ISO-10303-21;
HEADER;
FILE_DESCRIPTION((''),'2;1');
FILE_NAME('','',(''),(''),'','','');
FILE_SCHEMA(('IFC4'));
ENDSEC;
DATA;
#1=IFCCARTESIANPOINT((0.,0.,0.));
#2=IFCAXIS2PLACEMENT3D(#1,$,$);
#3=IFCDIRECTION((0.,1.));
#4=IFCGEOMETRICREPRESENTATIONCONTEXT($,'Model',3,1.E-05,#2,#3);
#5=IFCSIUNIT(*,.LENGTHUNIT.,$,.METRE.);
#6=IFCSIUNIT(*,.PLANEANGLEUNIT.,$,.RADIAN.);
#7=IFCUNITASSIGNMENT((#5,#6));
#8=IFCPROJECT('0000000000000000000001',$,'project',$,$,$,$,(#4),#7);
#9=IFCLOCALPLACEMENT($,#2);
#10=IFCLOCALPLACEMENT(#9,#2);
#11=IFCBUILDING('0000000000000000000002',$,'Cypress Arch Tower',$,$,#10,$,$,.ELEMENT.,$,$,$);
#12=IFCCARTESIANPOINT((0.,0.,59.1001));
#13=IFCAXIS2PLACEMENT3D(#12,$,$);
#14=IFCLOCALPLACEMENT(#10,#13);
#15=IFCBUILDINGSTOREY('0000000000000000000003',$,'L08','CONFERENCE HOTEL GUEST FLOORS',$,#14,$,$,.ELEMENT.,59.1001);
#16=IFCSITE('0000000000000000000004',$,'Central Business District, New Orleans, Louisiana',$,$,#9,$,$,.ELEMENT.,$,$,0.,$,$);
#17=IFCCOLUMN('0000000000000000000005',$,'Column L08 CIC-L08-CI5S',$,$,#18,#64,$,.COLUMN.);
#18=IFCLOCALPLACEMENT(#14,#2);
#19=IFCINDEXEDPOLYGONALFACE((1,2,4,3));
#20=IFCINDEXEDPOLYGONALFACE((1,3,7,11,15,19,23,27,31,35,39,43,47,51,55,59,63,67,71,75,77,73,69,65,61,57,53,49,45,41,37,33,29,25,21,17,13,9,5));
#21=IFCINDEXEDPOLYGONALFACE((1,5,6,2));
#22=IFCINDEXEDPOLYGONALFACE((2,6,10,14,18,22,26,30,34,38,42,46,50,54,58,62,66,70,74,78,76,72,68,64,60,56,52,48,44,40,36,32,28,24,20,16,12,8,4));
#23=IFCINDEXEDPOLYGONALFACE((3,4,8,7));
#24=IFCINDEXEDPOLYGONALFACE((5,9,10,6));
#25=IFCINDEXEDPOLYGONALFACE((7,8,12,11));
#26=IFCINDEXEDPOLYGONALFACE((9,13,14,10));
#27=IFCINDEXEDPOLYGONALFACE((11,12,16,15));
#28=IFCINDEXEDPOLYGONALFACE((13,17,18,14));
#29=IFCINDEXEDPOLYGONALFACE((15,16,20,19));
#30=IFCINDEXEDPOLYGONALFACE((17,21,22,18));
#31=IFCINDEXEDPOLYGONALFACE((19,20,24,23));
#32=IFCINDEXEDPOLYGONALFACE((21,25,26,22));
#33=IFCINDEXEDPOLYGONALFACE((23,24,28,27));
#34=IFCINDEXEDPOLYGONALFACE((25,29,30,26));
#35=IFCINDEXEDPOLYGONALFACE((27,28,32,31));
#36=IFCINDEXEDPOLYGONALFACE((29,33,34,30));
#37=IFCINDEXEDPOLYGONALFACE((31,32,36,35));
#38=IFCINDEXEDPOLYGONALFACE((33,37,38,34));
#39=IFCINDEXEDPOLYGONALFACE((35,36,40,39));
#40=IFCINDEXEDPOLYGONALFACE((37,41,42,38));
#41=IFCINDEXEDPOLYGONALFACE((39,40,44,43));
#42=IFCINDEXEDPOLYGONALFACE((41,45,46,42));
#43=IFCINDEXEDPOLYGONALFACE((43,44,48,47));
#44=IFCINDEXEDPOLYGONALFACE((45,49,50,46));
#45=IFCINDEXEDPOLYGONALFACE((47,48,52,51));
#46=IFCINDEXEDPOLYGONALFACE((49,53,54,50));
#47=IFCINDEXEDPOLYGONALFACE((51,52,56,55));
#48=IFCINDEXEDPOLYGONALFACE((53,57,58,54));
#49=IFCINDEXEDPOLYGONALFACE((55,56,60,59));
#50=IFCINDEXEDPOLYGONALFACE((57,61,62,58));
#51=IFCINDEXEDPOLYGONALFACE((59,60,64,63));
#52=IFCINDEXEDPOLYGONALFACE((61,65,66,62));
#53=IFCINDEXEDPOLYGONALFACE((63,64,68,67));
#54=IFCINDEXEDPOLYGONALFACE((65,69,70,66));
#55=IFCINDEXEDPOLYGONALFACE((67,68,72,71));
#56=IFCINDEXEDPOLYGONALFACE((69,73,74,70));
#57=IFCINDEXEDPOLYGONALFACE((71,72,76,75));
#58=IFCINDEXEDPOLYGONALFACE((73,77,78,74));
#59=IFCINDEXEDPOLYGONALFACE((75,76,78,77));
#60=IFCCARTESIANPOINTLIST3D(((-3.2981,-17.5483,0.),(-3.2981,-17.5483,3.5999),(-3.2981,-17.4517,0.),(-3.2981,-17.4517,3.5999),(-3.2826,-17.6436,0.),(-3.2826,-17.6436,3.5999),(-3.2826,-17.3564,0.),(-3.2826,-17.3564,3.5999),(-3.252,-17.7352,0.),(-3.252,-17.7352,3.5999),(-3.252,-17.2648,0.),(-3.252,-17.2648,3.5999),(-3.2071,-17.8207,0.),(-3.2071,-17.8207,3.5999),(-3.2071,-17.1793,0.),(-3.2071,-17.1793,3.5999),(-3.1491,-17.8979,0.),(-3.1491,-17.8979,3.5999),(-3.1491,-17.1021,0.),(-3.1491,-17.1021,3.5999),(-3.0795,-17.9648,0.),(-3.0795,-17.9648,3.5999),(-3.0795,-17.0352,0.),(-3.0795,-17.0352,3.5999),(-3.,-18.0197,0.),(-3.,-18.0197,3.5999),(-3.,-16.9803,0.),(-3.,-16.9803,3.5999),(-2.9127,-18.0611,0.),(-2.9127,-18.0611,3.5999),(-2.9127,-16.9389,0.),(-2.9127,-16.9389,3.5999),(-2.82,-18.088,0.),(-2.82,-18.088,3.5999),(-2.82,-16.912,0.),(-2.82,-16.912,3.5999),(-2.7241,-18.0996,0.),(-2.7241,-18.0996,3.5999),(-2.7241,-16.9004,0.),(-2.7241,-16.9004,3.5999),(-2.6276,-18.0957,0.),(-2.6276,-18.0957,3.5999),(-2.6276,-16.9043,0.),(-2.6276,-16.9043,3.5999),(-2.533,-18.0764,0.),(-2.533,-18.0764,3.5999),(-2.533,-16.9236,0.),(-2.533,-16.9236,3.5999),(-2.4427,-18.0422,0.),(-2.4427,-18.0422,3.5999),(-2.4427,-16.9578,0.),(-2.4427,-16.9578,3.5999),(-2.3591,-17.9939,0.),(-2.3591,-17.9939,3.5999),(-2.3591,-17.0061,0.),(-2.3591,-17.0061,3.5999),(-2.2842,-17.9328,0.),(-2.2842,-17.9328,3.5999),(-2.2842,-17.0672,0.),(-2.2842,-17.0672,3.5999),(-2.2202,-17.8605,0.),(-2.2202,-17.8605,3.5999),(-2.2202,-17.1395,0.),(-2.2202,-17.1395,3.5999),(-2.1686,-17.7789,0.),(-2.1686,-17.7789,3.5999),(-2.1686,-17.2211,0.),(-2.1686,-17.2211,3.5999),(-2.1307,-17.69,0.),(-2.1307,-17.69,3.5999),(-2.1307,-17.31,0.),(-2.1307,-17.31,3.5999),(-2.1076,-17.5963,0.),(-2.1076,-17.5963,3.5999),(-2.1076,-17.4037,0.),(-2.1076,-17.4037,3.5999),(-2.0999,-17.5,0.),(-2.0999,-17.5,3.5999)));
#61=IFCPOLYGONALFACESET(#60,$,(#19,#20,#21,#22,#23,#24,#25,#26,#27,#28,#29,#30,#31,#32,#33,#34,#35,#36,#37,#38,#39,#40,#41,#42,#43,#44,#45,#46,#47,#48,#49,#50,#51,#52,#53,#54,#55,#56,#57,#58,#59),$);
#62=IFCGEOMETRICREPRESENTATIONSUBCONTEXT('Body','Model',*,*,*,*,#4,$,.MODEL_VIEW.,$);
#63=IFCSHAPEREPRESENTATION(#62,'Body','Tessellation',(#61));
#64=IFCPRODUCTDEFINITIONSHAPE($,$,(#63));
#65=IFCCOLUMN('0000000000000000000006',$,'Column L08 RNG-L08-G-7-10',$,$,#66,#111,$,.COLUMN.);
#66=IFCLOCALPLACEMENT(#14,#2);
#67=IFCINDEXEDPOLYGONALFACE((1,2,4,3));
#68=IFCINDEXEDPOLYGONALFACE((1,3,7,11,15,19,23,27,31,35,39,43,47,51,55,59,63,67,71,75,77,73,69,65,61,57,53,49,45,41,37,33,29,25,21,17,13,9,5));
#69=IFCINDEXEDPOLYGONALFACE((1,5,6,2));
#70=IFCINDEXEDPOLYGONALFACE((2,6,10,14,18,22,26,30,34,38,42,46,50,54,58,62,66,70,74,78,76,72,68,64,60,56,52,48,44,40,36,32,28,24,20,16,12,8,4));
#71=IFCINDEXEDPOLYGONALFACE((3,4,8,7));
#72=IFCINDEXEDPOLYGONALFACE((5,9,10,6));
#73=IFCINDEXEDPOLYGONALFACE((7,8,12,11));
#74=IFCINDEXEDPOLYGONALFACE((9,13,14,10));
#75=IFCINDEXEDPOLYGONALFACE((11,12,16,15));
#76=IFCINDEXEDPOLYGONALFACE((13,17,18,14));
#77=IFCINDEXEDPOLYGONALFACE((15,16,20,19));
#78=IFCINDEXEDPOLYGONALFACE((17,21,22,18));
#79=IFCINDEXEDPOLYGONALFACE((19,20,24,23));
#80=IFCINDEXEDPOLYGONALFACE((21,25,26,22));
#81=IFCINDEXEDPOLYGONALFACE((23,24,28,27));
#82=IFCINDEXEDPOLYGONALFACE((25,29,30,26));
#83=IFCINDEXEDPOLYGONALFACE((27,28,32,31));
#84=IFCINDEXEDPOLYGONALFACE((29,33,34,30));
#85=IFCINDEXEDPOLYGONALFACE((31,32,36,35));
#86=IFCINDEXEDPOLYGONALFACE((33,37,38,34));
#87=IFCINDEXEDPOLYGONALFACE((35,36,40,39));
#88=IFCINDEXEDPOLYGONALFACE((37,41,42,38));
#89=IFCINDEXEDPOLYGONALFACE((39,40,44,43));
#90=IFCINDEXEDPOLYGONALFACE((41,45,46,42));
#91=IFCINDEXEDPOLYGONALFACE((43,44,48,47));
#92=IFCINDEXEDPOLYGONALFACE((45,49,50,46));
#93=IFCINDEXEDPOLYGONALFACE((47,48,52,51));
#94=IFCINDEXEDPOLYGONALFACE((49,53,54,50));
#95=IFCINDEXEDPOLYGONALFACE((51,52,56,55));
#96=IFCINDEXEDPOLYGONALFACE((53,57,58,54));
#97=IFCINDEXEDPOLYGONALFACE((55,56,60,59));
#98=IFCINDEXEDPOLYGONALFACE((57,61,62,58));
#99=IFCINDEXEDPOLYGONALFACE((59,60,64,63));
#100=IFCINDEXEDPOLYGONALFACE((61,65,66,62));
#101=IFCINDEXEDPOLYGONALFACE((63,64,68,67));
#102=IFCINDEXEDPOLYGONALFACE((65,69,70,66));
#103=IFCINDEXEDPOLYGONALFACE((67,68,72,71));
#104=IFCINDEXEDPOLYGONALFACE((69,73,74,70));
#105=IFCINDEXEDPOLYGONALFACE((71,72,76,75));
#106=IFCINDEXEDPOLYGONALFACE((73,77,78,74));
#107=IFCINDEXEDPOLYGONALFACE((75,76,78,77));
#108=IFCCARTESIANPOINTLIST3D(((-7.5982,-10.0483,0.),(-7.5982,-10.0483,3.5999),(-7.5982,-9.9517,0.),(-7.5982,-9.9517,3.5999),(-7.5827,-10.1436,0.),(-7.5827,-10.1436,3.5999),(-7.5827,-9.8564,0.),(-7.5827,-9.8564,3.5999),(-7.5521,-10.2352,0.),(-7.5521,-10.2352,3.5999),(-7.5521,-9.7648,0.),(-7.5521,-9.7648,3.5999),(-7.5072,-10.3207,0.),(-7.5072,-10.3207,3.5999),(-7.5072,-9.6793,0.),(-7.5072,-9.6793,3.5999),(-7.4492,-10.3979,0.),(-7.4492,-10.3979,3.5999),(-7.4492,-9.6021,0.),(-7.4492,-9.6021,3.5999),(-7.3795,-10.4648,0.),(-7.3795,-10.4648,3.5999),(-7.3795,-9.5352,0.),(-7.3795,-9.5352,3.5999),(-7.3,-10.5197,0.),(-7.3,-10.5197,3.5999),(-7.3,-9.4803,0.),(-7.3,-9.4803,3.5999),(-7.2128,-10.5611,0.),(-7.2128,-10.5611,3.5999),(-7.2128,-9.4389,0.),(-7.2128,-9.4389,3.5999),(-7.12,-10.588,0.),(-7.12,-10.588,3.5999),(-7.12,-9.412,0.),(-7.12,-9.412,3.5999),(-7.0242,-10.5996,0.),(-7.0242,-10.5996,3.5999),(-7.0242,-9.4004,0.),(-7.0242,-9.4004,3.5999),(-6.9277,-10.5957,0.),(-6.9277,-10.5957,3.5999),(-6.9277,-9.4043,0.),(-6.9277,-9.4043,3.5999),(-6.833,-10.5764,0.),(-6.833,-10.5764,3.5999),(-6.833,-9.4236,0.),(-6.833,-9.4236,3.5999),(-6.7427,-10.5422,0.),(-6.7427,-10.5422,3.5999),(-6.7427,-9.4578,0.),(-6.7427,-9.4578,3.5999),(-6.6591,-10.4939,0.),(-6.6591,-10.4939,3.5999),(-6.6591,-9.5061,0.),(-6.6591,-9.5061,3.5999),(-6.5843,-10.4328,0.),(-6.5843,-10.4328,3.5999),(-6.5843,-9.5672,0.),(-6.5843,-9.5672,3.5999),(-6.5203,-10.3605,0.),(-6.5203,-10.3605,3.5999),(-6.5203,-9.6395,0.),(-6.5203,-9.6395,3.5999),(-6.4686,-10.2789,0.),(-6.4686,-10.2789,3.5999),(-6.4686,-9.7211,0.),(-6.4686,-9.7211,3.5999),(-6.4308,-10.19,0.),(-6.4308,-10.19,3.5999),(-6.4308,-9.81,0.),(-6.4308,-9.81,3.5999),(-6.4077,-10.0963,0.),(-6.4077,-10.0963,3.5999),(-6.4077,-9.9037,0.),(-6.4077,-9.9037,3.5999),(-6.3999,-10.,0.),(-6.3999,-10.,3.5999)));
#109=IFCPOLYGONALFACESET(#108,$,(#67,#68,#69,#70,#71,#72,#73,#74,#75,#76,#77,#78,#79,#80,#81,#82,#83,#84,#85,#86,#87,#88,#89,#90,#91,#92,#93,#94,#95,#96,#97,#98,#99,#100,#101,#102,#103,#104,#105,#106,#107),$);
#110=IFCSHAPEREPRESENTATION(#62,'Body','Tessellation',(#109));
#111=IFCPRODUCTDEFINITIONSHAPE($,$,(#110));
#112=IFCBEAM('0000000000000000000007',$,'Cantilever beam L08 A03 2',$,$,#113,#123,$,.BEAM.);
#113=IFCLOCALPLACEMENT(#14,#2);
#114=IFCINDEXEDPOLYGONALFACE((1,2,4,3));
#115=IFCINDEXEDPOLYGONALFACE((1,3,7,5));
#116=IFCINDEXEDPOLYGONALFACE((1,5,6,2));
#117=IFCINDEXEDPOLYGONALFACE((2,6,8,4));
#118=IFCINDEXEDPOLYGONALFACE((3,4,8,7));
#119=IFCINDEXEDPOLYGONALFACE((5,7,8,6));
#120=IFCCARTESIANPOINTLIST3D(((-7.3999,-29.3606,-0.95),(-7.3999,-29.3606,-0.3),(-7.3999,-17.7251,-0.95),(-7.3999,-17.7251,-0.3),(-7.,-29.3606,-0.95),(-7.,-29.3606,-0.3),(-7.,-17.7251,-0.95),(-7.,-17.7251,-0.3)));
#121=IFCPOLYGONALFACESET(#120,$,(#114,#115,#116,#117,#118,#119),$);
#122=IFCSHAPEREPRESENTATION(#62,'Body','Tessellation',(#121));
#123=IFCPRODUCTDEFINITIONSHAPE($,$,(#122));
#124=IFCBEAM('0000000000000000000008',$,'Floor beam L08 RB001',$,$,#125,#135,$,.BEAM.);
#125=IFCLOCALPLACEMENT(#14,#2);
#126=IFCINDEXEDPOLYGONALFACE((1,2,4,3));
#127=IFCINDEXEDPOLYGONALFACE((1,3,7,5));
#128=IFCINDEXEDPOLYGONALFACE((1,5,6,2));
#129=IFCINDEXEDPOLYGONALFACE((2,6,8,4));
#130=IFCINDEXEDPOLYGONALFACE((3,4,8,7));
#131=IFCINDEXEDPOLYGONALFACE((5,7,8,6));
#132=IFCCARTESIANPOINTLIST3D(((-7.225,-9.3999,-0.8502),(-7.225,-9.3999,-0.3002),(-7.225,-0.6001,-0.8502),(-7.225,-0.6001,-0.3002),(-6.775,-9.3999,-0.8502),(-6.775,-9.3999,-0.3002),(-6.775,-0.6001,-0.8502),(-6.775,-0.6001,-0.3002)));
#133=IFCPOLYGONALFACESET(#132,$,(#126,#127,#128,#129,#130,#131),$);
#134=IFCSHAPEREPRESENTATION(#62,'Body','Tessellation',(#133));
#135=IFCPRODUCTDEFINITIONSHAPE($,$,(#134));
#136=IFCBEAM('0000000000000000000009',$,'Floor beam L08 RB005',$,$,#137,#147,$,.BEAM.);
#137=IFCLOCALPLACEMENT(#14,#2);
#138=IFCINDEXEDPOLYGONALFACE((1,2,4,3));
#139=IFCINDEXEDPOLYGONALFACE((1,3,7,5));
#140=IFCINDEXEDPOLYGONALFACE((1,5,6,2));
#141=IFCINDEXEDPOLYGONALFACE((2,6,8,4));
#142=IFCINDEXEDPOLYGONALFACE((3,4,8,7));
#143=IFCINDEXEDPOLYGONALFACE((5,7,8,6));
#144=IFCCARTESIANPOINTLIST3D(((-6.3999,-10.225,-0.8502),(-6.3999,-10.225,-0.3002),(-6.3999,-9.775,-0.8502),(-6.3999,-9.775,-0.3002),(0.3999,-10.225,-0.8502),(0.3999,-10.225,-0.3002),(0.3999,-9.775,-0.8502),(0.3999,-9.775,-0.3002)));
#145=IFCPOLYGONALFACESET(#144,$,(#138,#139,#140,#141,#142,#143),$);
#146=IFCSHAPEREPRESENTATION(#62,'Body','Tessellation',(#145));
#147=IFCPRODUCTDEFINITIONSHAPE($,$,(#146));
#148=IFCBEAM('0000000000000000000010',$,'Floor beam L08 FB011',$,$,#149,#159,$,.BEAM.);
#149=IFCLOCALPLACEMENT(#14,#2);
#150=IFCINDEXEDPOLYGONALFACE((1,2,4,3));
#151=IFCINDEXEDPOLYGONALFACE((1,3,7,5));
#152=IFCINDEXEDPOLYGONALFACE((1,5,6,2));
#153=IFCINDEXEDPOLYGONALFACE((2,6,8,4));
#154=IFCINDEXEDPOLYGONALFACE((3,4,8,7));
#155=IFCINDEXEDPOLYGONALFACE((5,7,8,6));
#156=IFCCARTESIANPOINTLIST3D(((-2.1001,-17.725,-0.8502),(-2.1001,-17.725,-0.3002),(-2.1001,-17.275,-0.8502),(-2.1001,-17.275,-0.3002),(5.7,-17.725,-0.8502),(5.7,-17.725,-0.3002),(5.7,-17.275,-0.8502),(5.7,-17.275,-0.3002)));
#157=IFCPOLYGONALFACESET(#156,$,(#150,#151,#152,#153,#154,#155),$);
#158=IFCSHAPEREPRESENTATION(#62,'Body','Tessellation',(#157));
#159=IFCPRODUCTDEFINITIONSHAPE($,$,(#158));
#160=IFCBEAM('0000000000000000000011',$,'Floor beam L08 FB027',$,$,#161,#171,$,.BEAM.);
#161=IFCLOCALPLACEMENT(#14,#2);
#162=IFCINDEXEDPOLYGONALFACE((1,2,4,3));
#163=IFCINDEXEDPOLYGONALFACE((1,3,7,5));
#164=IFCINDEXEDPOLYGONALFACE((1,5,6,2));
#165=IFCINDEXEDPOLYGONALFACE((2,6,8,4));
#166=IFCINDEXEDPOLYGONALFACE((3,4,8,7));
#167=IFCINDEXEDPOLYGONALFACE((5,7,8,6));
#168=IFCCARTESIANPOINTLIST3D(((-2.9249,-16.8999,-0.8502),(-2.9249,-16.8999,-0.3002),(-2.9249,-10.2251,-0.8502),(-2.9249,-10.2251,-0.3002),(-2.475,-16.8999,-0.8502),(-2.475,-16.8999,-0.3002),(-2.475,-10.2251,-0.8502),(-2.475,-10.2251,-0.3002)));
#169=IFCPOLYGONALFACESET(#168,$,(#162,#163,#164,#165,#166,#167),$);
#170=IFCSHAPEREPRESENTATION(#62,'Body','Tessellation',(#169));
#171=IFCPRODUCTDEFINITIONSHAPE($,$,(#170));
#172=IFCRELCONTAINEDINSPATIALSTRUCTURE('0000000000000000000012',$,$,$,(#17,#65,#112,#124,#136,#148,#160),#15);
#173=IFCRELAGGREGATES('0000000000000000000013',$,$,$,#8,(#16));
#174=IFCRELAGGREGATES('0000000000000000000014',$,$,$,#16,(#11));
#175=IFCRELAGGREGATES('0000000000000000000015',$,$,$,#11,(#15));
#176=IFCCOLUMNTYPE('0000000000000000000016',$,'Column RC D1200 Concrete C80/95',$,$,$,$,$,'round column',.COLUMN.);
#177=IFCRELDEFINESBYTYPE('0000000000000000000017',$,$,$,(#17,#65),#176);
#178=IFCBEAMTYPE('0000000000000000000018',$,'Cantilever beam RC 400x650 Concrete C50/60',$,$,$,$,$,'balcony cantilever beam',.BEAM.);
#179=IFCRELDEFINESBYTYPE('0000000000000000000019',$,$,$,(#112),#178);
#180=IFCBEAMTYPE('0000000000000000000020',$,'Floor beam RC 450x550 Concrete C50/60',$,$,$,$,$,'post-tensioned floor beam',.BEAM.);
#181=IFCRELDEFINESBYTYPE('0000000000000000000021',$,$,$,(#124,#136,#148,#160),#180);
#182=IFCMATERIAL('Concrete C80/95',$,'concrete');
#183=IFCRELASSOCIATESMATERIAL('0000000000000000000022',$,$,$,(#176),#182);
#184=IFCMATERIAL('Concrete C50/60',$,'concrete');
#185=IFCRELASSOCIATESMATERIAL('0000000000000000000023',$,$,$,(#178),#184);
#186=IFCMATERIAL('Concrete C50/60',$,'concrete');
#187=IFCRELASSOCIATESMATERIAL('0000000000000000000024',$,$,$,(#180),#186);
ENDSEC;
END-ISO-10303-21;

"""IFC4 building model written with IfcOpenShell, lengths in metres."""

from ifc_helpers import new_model, si_unit, direction, frame, origin, origin_2d, place, context, subcontext, project, spatial, rectangle, circle, extrude, material, material_profile, profile_set, type_object, element, save


model = new_model("IFC4")

# Units and contexts
model_context = context("Model", 3, precision=1e-05, world=origin(), true_north=direction((0.0, 1.0)))
body_context = subcontext(model_context, "Body", "Model", "MODEL_VIEW")
ifc_project = project(units=[si_unit("LENGTHUNIT", "METRE"), si_unit("PLANEANGLEUNIT", "RADIAN")], contexts=[model_context])

# Site, building, storey
site_placement = place(None, origin())
site = spatial("IfcSite", under=ifc_project, at=site_placement, Name="Central Business District, New Orleans, Louisiana", CompositionType="ELEMENT", RefElevation=0.0)
building_placement = place(site_placement, origin())
building = spatial("IfcBuilding", under=site, at=building_placement, Name="Cypress Arch Tower", CompositionType="ELEMENT")
storey_placement = place(building_placement, frame((0.0, 0.0, 59.1001)))
storey = spatial("IfcBuildingStorey", under=building, at=storey_placement, Name="L08", Description="CONFERENCE HOTEL GUEST FLOORS", CompositionType="ELEMENT", Elevation=59.1001)

# Columns
ifc_material_1 = material(Name="Concrete C80/95", Category="concrete")
ifc_material_profile_1 = material_profile(ifc_material_1, circle(Radius=0.6001, at=origin_2d()), Name="RC D1200")
ifc_profile_set_1 = profile_set([ifc_material_profile_1], Name="Concrete C80/95")
column_type = type_object("IfcColumnType", Name="Column RC D1200 Concrete C80/95", ElementType="round column", PredefinedType="COLUMN", material=ifc_profile_set_1)
for number, where, z_axis, x_axis, name in (
    (1, (-2.7, -17.5, 0.0), (0.0, 0.0, 1.0), (1.0, 0.0, 0.0), "Column L08 CIC-L08-CI5S"),
    (2, (-7.0, -10.0, 0.0), (0.0, 0.0, 1.0), (1.0, 0.0, 0.0), "Column L08 RNG-L08-G-7-10"),
):
    element("IfcColumn", number, at=place(storey_placement, frame(where, z_axis=z_axis, x_axis=x_axis)), inside=storey, type_object=column_type, Name=name, PredefinedType="COLUMN", context=body_context, shape_type="SweptSolid", body=[
        extrude(circle(Radius=0.6001, at=origin_2d()), origin(), (0.0, 0.0, 1.0), 3.5999),
    ])

# Beams
ifc_material_2 = material(Name="Concrete C50/60", Category="concrete")
ifc_material_profile_2 = material_profile(ifc_material_2, rectangle(XDim=0.3999, YDim=0.6499, at=origin_2d()), Name="RC 400x650")
ifc_profile_set_2 = profile_set([ifc_material_profile_2], Name="Concrete C50/60")
beam_type_1 = type_object("IfcBeamType", Name="Cantilever beam RC 400x650 Concrete C50/60", ElementType="balcony cantilever beam", PredefinedType="BEAM", material=ifc_profile_set_2)
beam_1_placement = place(storey_placement, frame((-7.2, -17.7251, -0.625), z_axis=(0.0, -1.0, 0.0), x_axis=(1.0, 0.0, 0.0)))
element("IfcBeam", 3, at=beam_1_placement, inside=storey, type_object=beam_type_1, Name="Cantilever beam L08 A03 2", PredefinedType="BEAM", context=body_context, shape_type="SweptSolid", body=[
    extrude(rectangle(XDim=0.3999, YDim=0.6499, at=origin_2d()), origin(), (0.0, 0.0, 1.0), 11.6355),
])
ifc_material_3 = material(Name="Concrete C50/60", Category="concrete")
ifc_material_profile_3 = material_profile(ifc_material_3, rectangle(XDim=0.45, YDim=0.55, at=origin_2d()), Name="RC 450x550")
ifc_profile_set_3 = profile_set([ifc_material_profile_3], Name="Concrete C50/60")
beam_type_2 = type_object("IfcBeamType", Name="Floor beam RC 450x550 Concrete C50/60", ElementType="post-tensioned floor beam", PredefinedType="BEAM", material=ifc_profile_set_3)
beam_2_placement = place(storey_placement, frame((-7.0, -9.3999, -0.5752), z_axis=(0.0, 1.0, 0.0), x_axis=(-1.0, 0.0, 0.0)))
element("IfcBeam", 4, at=beam_2_placement, inside=storey, type_object=beam_type_2, Name="Floor beam L08 RB001", PredefinedType="BEAM", context=body_context, shape_type="SweptSolid", body=[
    extrude(rectangle(XDim=0.45, YDim=0.55, at=origin_2d()), origin(), (0.0, 0.0, 1.0), 8.7998),
])
beam_3_placement = place(storey_placement, frame((-6.3999, -10.0, -0.5752), z_axis=(1.0, 0.0, 0.0), x_axis=(0.0, 1.0, 0.0)))
element("IfcBeam", 5, at=beam_3_placement, inside=storey, type_object=beam_type_2, Name="Floor beam L08 RB005", PredefinedType="BEAM", context=body_context, shape_type="SweptSolid", body=[
    extrude(rectangle(XDim=0.45, YDim=0.55, at=origin_2d()), origin(), (0.0, 0.0, 1.0), 6.7998),
])
beam_4_placement = place(storey_placement, frame((-2.1001, -17.5, -0.5752), z_axis=(1.0, 0.0, 0.0), x_axis=(0.0, 1.0, 0.0)))
element("IfcBeam", 6, at=beam_4_placement, inside=storey, type_object=beam_type_2, Name="Floor beam L08 FB011", PredefinedType="BEAM", context=body_context, shape_type="SweptSolid", body=[
    extrude(rectangle(XDim=0.45, YDim=0.55, at=origin_2d()), origin(), (0.0, 0.0, 1.0), 7.8),
])
beam_5_placement = place(storey_placement, frame((-2.7, -16.8999, -0.5752), z_axis=(0.0, 1.0, 0.0), x_axis=(-1.0, 0.0, 0.0)))
element("IfcBeam", 7, at=beam_5_placement, inside=storey, type_object=beam_type_2, Name="Floor beam L08 FB027", PredefinedType="BEAM", context=body_context, shape_type="SweptSolid", body=[
    extrude(rectangle(XDim=0.45, YDim=0.55, at=origin_2d()), origin(), (0.0, 0.0, 1.0), 6.6748),
])

save(model, "model.ifc")
